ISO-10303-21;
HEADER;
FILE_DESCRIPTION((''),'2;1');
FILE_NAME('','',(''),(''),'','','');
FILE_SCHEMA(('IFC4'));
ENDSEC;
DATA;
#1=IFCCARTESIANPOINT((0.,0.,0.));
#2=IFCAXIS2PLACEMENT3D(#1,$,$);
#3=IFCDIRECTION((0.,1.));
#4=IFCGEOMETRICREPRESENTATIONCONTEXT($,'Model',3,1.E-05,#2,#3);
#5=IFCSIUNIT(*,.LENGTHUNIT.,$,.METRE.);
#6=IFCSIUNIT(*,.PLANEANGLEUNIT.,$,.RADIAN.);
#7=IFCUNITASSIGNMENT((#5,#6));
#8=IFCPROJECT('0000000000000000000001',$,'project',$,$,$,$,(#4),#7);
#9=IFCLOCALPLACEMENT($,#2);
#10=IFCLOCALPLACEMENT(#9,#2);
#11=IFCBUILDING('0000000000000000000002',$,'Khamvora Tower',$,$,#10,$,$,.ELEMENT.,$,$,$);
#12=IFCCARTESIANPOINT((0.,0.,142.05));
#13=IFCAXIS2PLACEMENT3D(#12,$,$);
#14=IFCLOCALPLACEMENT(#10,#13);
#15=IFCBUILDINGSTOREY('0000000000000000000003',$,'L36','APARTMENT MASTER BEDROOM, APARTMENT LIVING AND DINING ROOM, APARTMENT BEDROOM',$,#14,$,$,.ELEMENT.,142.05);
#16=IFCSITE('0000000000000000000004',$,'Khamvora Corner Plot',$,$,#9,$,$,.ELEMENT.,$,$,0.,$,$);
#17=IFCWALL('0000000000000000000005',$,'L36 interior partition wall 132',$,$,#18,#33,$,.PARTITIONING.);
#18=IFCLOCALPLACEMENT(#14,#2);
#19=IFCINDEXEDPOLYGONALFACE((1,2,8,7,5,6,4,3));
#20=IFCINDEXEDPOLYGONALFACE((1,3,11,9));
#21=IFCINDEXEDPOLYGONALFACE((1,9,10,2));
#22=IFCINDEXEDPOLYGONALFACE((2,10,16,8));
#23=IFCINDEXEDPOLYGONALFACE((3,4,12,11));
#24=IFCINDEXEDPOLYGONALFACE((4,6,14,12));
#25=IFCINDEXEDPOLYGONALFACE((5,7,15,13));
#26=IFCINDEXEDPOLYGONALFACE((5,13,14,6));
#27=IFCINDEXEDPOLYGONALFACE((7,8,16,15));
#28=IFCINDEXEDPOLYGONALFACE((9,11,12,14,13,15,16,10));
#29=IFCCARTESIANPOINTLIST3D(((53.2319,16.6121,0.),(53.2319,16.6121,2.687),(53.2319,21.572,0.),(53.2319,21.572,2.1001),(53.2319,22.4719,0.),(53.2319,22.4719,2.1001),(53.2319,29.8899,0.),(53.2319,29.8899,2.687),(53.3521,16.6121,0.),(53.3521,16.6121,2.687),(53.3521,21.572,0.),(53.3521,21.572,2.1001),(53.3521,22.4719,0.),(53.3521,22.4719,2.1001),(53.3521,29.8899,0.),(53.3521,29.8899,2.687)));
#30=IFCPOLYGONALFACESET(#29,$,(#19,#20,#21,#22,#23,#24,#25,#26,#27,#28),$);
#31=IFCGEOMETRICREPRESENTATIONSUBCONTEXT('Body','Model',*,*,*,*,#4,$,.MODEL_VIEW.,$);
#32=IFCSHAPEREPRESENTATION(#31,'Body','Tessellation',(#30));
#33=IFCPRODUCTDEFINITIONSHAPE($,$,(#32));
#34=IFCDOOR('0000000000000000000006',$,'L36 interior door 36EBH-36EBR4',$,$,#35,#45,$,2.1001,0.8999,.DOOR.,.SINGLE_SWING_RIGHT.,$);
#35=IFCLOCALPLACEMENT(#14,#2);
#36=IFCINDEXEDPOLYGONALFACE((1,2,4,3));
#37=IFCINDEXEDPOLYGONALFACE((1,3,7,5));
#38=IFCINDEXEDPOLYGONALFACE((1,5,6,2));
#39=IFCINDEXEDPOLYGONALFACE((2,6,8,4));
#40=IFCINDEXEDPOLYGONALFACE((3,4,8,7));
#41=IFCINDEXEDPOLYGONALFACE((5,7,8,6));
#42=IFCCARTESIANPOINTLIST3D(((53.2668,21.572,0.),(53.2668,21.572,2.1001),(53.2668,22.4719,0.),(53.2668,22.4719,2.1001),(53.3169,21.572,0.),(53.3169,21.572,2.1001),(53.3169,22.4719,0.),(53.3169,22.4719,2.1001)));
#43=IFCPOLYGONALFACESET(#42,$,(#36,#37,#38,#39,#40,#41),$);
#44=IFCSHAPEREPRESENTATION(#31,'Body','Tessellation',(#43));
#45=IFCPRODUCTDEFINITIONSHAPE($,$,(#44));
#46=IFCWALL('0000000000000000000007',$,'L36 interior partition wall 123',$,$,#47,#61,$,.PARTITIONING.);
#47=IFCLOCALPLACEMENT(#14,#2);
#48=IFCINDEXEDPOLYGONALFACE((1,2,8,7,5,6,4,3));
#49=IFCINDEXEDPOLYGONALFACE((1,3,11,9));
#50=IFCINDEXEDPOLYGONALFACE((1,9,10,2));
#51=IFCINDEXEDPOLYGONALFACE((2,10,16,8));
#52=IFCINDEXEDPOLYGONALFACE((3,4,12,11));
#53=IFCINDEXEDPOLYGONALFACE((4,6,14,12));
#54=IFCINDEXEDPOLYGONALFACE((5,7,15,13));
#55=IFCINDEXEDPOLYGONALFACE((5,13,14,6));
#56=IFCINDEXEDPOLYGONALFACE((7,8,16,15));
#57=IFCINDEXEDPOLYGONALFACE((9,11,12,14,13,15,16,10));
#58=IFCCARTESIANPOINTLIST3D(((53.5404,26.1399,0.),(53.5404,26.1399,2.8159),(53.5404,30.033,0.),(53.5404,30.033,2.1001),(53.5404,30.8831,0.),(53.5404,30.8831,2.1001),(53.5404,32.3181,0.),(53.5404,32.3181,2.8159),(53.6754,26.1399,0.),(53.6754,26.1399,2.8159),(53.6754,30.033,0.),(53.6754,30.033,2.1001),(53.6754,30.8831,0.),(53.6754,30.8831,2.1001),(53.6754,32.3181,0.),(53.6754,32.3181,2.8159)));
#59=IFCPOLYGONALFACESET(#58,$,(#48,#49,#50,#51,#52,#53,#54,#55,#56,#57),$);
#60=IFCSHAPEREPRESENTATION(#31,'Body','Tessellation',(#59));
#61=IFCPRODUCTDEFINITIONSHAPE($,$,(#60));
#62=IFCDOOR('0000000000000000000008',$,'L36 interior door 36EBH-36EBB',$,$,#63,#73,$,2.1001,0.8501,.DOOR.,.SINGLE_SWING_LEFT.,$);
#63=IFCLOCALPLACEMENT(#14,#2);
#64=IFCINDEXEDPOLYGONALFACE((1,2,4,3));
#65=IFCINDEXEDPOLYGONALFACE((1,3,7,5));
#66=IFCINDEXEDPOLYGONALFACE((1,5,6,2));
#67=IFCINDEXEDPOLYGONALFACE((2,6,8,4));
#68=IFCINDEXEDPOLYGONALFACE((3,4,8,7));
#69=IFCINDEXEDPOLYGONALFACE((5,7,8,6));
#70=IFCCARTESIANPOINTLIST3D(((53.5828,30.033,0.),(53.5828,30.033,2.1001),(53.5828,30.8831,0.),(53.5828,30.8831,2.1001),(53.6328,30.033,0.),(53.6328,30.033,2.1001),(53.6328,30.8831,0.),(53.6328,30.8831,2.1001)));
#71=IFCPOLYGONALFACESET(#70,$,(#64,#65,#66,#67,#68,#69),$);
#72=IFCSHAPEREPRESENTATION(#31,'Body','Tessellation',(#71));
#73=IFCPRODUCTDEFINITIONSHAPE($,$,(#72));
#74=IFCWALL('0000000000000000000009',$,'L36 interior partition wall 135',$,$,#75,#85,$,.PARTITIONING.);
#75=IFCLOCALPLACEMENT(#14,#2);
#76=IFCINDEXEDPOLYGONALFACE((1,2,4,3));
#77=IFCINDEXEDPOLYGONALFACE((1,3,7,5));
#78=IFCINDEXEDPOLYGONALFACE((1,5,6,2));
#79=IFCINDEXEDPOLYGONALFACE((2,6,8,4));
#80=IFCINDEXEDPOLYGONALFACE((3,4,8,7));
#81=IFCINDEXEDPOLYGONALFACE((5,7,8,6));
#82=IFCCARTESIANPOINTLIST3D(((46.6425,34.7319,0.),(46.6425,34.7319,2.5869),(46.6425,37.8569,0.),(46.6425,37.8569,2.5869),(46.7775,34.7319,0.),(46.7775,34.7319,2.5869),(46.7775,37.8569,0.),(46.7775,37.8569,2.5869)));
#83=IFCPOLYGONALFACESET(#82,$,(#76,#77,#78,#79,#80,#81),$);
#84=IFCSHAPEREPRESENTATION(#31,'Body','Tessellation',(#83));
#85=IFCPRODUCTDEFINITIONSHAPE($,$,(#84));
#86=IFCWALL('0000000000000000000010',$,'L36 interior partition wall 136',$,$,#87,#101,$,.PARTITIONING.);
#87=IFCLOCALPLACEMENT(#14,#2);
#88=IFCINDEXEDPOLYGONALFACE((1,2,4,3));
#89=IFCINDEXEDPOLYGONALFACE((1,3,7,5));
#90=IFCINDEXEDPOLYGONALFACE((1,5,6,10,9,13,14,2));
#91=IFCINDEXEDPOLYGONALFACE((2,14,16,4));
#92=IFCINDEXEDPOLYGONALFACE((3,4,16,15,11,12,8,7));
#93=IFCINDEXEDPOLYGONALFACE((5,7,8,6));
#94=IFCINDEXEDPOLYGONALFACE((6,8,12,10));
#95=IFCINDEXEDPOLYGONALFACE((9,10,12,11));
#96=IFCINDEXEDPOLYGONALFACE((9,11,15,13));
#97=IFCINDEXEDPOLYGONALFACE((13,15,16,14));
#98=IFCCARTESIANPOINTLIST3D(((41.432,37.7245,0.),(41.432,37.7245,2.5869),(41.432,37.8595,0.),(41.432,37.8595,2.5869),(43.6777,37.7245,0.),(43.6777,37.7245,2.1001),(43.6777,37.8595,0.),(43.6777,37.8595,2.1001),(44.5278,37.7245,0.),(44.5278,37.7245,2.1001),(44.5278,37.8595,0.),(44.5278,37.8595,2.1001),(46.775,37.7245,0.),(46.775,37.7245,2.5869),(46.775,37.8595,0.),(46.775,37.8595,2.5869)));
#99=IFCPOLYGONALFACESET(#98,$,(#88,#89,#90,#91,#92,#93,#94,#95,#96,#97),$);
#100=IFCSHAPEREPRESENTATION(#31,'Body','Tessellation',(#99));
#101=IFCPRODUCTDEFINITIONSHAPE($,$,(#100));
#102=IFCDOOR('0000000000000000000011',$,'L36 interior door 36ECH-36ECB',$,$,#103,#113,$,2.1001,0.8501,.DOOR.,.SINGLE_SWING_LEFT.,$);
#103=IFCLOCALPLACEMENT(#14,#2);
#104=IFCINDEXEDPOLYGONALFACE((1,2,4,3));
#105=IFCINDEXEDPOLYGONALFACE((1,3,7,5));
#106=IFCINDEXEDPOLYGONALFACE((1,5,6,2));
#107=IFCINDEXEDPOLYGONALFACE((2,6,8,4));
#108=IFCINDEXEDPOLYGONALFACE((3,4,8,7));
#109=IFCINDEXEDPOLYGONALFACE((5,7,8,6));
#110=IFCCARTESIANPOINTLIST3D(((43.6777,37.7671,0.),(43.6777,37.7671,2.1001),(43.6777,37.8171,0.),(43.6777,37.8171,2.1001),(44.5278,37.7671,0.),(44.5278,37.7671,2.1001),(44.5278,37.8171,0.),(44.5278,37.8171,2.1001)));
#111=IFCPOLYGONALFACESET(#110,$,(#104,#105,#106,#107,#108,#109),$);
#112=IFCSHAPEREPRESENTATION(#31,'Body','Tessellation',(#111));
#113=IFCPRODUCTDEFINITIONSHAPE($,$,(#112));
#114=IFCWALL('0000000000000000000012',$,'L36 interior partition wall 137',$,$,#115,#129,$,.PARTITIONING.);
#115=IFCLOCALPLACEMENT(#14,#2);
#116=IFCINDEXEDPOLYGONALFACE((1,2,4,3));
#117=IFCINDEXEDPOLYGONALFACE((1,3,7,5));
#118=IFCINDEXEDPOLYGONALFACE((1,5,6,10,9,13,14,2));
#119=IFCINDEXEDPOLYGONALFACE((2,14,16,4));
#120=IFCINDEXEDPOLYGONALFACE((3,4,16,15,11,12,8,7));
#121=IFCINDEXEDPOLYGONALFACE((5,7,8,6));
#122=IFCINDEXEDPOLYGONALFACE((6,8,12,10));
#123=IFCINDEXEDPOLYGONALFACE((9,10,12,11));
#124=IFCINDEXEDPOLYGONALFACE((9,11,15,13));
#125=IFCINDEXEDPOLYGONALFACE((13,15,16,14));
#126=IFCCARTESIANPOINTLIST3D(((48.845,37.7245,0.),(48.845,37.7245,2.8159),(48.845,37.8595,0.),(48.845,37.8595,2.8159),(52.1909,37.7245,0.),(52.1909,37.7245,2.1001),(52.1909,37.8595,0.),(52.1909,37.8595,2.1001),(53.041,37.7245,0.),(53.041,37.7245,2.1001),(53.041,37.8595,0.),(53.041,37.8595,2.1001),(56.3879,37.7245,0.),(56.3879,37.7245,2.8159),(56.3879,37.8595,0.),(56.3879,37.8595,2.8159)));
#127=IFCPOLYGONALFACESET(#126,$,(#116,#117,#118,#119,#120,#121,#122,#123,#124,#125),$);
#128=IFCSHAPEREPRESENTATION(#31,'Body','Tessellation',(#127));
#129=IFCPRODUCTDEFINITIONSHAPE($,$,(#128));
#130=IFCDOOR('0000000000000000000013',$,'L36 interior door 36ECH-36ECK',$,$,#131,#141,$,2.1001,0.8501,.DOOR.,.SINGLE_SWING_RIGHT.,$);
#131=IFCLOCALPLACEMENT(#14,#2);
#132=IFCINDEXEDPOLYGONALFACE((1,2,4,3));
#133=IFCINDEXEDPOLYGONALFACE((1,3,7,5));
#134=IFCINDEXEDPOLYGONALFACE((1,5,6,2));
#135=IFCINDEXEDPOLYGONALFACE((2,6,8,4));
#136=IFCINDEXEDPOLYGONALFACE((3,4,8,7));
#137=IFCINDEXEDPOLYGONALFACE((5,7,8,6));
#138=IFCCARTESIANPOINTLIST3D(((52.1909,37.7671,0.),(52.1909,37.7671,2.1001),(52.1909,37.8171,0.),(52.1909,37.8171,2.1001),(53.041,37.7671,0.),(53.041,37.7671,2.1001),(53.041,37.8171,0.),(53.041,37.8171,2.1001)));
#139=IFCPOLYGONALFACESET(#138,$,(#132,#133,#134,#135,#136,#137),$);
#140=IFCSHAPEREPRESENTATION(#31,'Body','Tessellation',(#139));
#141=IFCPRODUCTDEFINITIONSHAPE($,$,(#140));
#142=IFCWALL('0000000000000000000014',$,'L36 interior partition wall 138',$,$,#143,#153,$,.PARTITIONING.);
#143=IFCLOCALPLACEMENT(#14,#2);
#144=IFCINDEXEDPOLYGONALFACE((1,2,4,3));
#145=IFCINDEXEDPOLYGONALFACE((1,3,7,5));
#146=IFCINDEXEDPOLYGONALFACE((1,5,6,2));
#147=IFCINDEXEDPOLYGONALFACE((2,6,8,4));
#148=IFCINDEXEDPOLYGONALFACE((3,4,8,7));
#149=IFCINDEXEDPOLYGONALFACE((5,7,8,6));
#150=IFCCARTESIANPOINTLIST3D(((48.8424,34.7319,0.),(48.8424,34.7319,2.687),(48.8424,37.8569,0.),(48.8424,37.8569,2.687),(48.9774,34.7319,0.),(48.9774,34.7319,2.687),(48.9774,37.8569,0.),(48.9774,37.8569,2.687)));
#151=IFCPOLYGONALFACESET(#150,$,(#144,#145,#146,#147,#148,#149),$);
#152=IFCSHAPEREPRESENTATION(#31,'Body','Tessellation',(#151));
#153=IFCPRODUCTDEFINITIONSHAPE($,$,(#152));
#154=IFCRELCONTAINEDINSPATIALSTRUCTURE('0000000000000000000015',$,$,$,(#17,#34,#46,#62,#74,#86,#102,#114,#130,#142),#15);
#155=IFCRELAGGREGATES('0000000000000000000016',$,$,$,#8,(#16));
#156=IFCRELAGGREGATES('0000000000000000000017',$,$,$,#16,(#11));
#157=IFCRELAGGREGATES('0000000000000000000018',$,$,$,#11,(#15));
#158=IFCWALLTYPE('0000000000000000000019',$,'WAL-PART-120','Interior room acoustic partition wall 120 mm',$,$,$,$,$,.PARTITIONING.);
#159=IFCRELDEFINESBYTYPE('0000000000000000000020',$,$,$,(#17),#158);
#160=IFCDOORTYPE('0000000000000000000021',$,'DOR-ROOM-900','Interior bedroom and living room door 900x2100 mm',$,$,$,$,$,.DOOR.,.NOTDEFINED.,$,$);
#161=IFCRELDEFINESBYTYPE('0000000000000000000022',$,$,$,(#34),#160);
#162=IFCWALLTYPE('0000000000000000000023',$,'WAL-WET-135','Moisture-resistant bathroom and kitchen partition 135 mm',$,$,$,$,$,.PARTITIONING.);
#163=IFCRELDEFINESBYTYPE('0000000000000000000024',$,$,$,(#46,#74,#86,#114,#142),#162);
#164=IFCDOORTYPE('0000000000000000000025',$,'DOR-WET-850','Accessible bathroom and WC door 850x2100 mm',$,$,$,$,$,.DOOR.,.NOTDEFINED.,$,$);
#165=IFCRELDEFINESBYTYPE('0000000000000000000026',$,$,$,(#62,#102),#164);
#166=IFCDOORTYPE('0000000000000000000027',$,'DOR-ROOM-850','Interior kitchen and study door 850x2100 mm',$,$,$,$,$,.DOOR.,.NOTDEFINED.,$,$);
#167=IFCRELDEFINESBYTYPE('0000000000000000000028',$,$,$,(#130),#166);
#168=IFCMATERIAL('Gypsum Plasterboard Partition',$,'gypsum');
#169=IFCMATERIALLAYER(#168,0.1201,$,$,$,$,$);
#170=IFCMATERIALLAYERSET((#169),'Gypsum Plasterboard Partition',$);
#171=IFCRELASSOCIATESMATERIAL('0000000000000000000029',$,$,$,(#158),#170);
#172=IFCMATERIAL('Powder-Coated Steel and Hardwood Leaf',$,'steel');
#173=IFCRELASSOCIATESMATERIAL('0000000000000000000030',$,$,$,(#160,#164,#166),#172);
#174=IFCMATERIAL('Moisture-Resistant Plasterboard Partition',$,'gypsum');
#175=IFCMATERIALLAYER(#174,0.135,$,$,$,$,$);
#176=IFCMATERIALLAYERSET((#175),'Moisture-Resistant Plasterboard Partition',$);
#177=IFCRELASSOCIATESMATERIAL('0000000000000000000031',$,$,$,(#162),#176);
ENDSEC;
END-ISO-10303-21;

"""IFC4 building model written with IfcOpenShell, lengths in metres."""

from ifc_helpers import new_model, si_unit, direction, frame, frame_2d, origin, place, context, subcontext, project, spatial, rectangle, extrude, material, layer, layer_set, type_object, element, fill, save


model = new_model("IFC4")

# Units and contexts
model_context = context("Model", 3, precision=1e-05, world=origin(), true_north=direction((0.0, 1.0)))
body_context = subcontext(model_context, "Body", "Model", "MODEL_VIEW")
ifc_project = project(units=[si_unit("LENGTHUNIT", "METRE"), si_unit("PLANEANGLEUNIT", "RADIAN")], contexts=[model_context])

# Site, building, storey
site_placement = place(None, origin())
site = spatial("IfcSite", under=ifc_project, at=site_placement, Name="Khamvora Corner Plot", CompositionType="ELEMENT", RefElevation=0.0)
building_placement = place(site_placement, origin())
building = spatial("IfcBuilding", under=site, at=building_placement, Name="Khamvora Tower", CompositionType="ELEMENT")
storey_placement = place(building_placement, frame((0.0, 0.0, 142.05)))
storey = spatial("IfcBuildingStorey", under=building, at=storey_placement, Name="L36", Description="APARTMENT MASTER BEDROOM, APARTMENT LIVING AND DINING ROOM, APARTMENT BEDROOM", CompositionType="ELEMENT", Elevation=142.05)

# Shared definitions
ifc_material_1 = material(Name="Powder-Coated Steel and Hardwood Leaf", Category="steel")

# Walls, openings, doors
ifc_material_2 = material(Name="Gypsum Plasterboard Partition", Category="gypsum")
ifc_layer_1 = layer(ifc_material_2, 0.1201)
ifc_layer_set_1 = layer_set([ifc_layer_1], Name="Gypsum Plasterboard Partition")
wall_type_1 = type_object("IfcWallType", Name="WAL-PART-120", Description="Interior room acoustic partition wall 120 mm", PredefinedType="PARTITIONING", material=ifc_layer_set_1)
wall_1_placement = place(storey_placement, frame((53.292, 29.8899, 0.0), z_axis=(0.0, 0.0, 1.0), x_axis=(0.0, -1.0, 0.0)))
wall_1 = element("IfcWall", 1, at=wall_1_placement, inside=storey, type_object=wall_type_1, Name="L36 interior partition wall 132", PredefinedType="PARTITIONING", context=body_context, shape_type="SweptSolid", body=[
    extrude(rectangle(XDim=13.2778, YDim=0.1201, at=frame_2d((6.6389, 0.0))), origin(), (0.0, 0.0, 1.0), 2.687),
])
opening_1_placement = place(wall_1_placement, frame((7.418, 0.0, 0.0)))
opening_1 = element("IfcOpeningElement", 2, at=opening_1_placement, cuts=wall_1, PredefinedType="OPENING", context=body_context, shape_type="SweptSolid", body=[
    extrude(rectangle(XDim=0.8999, YDim=2.1001, at=frame_2d((0.45, 1.05))), frame((0.0, 0.0701, 0.0), z_axis=(0.0, -1.0, 0.0), x_axis=(1.0, 0.0, 0.0)), (0.0, 0.0, 1.0), 0.1401),
])
door_type_1 = type_object("IfcDoorType", Name="DOR-ROOM-900", Description="Interior bedroom and living room door 900x2100 mm", OperationType="NOTDEFINED", PredefinedType="DOOR", material=ifc_material_1)
door_1_placement = place(opening_1_placement, origin())
door_1 = element("IfcDoor", 3, at=door_1_placement, inside=storey, type_object=door_type_1, Name="L36 interior door 36EBH-36EBR4", OperationType="SINGLE_SWING_RIGHT", OverallHeight=2.1001, OverallWidth=0.8999, PredefinedType="DOOR", context=body_context, shape_type="SweptSolid", body=[
    extrude(rectangle(XDim=0.8999, YDim=2.1001, at=frame_2d((0.45, 1.05))), frame((0.0, 0.0249, 0.0), z_axis=(0.0, -1.0, 0.0), x_axis=(1.0, 0.0, 0.0)), (0.0, 0.0, 1.0), 0.05),
])
fill(opening_1, door_1)
ifc_material_3 = material(Name="Moisture-Resistant Plasterboard Partition", Category="gypsum")
ifc_layer_2 = layer(ifc_material_3, 0.135)
ifc_layer_set_2 = layer_set([ifc_layer_2], Name="Moisture-Resistant Plasterboard Partition")
wall_type_2 = type_object("IfcWallType", Name="WAL-WET-135", Description="Moisture-resistant bathroom and kitchen partition 135 mm", PredefinedType="PARTITIONING", material=ifc_layer_set_2)
wall_2_placement = place(storey_placement, frame((53.6079, 32.3181, 0.0), z_axis=(0.0, 0.0, 1.0), x_axis=(0.0, -1.0, 0.0)))
wall_2 = element("IfcWall", 4, at=wall_2_placement, inside=storey, type_object=wall_type_2, Name="L36 interior partition wall 123", PredefinedType="PARTITIONING", context=body_context, shape_type="SweptSolid", body=[
    extrude(rectangle(XDim=6.1782, YDim=0.135, at=frame_2d((3.0891, 0.0))), origin(), (0.0, 0.0, 1.0), 2.8159),
])
opening_2_placement = place(wall_2_placement, frame((1.4351, 0.0, 0.0)))
opening_2 = element("IfcOpeningElement", 5, at=opening_2_placement, cuts=wall_2, PredefinedType="OPENING", context=body_context, shape_type="SweptSolid", body=[
    extrude(rectangle(XDim=0.8501, YDim=2.1001, at=frame_2d((0.425, 1.05))), frame((0.0, 0.0774, 0.0), z_axis=(0.0, -1.0, 0.0), x_axis=(1.0, 0.0, 0.0)), (0.0, 0.0, 1.0), 0.155),
])
door_type_2 = type_object("IfcDoorType", Name="DOR-WET-850", Description="Accessible bathroom and WC door 850x2100 mm", OperationType="NOTDEFINED", PredefinedType="DOOR", material=ifc_material_1)
door_2_placement = place(opening_2_placement, origin())
door_2 = element("IfcDoor", 6, at=door_2_placement, inside=storey, type_object=door_type_2, Name="L36 interior door 36EBH-36EBB", OperationType="SINGLE_SWING_LEFT", OverallHeight=2.1001, OverallWidth=0.8501, PredefinedType="DOOR", context=body_context, shape_type="SweptSolid", body=[
    extrude(rectangle(XDim=0.8501, YDim=2.1001, at=frame_2d((0.425, 1.05))), frame((0.0, 0.0249, 0.0), z_axis=(0.0, -1.0, 0.0), x_axis=(1.0, 0.0, 0.0)), (0.0, 0.0, 1.0), 0.05),
])
fill(opening_2, door_2)

# Wall
wall_3_placement = place(storey_placement, frame((46.71, 34.7319, 0.0), z_axis=(0.0, 0.0, 1.0), x_axis=(0.0, 1.0, 0.0)))
element("IfcWall", 7, at=wall_3_placement, inside=storey, type_object=wall_type_2, Name="L36 interior partition wall 135", PredefinedType="PARTITIONING", context=body_context, shape_type="SweptSolid", body=[
    extrude(rectangle(XDim=3.125, YDim=0.135, at=frame_2d((1.5625, 0.0))), origin(), (0.0, 0.0, 1.0), 2.5869),
])

# Walls, openings, doors
wall_4_placement = place(storey_placement, frame((46.7749, 37.792, 0.0), z_axis=(0.0, 0.0, 1.0), x_axis=(-1.0, 0.0, 0.0)))
wall_4 = element("IfcWall", 8, at=wall_4_placement, inside=storey, type_object=wall_type_2, Name="L36 interior partition wall 136", PredefinedType="PARTITIONING", context=body_context, shape_type="SweptSolid", body=[
    extrude(rectangle(XDim=5.343, YDim=0.135, at=frame_2d((2.6714, 0.0))), origin(), (0.0, 0.0, 1.0), 2.5869),
])
opening_3_placement = place(wall_4_placement, frame((2.2471, 0.0, 0.0)))
opening_3 = element("IfcOpeningElement", 9, at=opening_3_placement, cuts=wall_4, PredefinedType="OPENING", context=body_context, shape_type="SweptSolid", body=[
    extrude(rectangle(XDim=0.8501, YDim=2.1001, at=frame_2d((0.425, 1.05))), frame((0.0, 0.0774, 0.0), z_axis=(0.0, -1.0, 0.0), x_axis=(1.0, 0.0, 0.0)), (0.0, 0.0, 1.0), 0.155),
])
door_3_placement = place(opening_3_placement, origin())
door_3 = element("IfcDoor", 10, at=door_3_placement, inside=storey, type_object=door_type_2, Name="L36 interior door 36ECH-36ECB", OperationType="SINGLE_SWING_LEFT", OverallHeight=2.1001, OverallWidth=0.8501, PredefinedType="DOOR", context=body_context, shape_type="SweptSolid", body=[
    extrude(rectangle(XDim=0.8501, YDim=2.1001, at=frame_2d((0.425, 1.05))), frame((0.0, 0.0249, 0.0), z_axis=(0.0, -1.0, 0.0), x_axis=(1.0, 0.0, 0.0)), (0.0, 0.0, 1.0), 0.05),
])
fill(opening_3, door_3)
wall_5_placement = place(storey_placement, frame((56.3879, 37.792, 0.0), z_axis=(0.0, 0.0, 1.0), x_axis=(-1.0, 0.0, 0.0)))
wall_5 = element("IfcWall", 11, at=wall_5_placement, inside=storey, type_object=wall_type_2, Name="L36 interior partition wall 137", PredefinedType="PARTITIONING", context=body_context, shape_type="SweptSolid", body=[
    extrude(rectangle(XDim=7.543, YDim=0.135, at=frame_2d((3.7715, 0.0))), origin(), (0.0, 0.0, 1.0), 2.8159),
])
opening_4_placement = place(wall_5_placement, frame((3.3469, 0.0, 0.0)))
opening_4 = element("IfcOpeningElement", 12, at=opening_4_placement, cuts=wall_5, PredefinedType="OPENING", context=body_context, shape_type="SweptSolid", body=[
    extrude(rectangle(XDim=0.8501, YDim=2.1001, at=frame_2d((0.425, 1.05))), frame((0.0, 0.0774, 0.0), z_axis=(0.0, -1.0, 0.0), x_axis=(1.0, 0.0, 0.0)), (0.0, 0.0, 1.0), 0.155),
])
door_type_3 = type_object("IfcDoorType", Name="DOR-ROOM-850", Description="Interior kitchen and study door 850x2100 mm", OperationType="NOTDEFINED", PredefinedType="DOOR", material=ifc_material_1)
door_4_placement = place(opening_4_placement, origin())
door_4 = element("IfcDoor", 13, at=door_4_placement, inside=storey, type_object=door_type_3, Name="L36 interior door 36ECH-36ECK", OperationType="SINGLE_SWING_RIGHT", OverallHeight=2.1001, OverallWidth=0.8501, PredefinedType="DOOR", context=body_context, shape_type="SweptSolid", body=[
    extrude(rectangle(XDim=0.8501, YDim=2.1001, at=frame_2d((0.425, 1.05))), frame((0.0, 0.0249, 0.0), z_axis=(0.0, -1.0, 0.0), x_axis=(1.0, 0.0, 0.0)), (0.0, 0.0, 1.0), 0.05),
])
fill(opening_4, door_4)

# Wall
wall_6_placement = place(storey_placement, frame((48.9099, 37.8569, 0.0), z_axis=(0.0, 0.0, 1.0), x_axis=(0.0, -1.0, 0.0)))
element("IfcWall", 14, at=wall_6_placement, inside=storey, type_object=wall_type_2, Name="L36 interior partition wall 138", PredefinedType="PARTITIONING", context=body_context, shape_type="SweptSolid", body=[
    extrude(rectangle(XDim=3.125, YDim=0.135, at=frame_2d((1.5625, 0.0))), origin(), (0.0, 0.0, 1.0), 2.687),
])

save(model, "model.ifc")
